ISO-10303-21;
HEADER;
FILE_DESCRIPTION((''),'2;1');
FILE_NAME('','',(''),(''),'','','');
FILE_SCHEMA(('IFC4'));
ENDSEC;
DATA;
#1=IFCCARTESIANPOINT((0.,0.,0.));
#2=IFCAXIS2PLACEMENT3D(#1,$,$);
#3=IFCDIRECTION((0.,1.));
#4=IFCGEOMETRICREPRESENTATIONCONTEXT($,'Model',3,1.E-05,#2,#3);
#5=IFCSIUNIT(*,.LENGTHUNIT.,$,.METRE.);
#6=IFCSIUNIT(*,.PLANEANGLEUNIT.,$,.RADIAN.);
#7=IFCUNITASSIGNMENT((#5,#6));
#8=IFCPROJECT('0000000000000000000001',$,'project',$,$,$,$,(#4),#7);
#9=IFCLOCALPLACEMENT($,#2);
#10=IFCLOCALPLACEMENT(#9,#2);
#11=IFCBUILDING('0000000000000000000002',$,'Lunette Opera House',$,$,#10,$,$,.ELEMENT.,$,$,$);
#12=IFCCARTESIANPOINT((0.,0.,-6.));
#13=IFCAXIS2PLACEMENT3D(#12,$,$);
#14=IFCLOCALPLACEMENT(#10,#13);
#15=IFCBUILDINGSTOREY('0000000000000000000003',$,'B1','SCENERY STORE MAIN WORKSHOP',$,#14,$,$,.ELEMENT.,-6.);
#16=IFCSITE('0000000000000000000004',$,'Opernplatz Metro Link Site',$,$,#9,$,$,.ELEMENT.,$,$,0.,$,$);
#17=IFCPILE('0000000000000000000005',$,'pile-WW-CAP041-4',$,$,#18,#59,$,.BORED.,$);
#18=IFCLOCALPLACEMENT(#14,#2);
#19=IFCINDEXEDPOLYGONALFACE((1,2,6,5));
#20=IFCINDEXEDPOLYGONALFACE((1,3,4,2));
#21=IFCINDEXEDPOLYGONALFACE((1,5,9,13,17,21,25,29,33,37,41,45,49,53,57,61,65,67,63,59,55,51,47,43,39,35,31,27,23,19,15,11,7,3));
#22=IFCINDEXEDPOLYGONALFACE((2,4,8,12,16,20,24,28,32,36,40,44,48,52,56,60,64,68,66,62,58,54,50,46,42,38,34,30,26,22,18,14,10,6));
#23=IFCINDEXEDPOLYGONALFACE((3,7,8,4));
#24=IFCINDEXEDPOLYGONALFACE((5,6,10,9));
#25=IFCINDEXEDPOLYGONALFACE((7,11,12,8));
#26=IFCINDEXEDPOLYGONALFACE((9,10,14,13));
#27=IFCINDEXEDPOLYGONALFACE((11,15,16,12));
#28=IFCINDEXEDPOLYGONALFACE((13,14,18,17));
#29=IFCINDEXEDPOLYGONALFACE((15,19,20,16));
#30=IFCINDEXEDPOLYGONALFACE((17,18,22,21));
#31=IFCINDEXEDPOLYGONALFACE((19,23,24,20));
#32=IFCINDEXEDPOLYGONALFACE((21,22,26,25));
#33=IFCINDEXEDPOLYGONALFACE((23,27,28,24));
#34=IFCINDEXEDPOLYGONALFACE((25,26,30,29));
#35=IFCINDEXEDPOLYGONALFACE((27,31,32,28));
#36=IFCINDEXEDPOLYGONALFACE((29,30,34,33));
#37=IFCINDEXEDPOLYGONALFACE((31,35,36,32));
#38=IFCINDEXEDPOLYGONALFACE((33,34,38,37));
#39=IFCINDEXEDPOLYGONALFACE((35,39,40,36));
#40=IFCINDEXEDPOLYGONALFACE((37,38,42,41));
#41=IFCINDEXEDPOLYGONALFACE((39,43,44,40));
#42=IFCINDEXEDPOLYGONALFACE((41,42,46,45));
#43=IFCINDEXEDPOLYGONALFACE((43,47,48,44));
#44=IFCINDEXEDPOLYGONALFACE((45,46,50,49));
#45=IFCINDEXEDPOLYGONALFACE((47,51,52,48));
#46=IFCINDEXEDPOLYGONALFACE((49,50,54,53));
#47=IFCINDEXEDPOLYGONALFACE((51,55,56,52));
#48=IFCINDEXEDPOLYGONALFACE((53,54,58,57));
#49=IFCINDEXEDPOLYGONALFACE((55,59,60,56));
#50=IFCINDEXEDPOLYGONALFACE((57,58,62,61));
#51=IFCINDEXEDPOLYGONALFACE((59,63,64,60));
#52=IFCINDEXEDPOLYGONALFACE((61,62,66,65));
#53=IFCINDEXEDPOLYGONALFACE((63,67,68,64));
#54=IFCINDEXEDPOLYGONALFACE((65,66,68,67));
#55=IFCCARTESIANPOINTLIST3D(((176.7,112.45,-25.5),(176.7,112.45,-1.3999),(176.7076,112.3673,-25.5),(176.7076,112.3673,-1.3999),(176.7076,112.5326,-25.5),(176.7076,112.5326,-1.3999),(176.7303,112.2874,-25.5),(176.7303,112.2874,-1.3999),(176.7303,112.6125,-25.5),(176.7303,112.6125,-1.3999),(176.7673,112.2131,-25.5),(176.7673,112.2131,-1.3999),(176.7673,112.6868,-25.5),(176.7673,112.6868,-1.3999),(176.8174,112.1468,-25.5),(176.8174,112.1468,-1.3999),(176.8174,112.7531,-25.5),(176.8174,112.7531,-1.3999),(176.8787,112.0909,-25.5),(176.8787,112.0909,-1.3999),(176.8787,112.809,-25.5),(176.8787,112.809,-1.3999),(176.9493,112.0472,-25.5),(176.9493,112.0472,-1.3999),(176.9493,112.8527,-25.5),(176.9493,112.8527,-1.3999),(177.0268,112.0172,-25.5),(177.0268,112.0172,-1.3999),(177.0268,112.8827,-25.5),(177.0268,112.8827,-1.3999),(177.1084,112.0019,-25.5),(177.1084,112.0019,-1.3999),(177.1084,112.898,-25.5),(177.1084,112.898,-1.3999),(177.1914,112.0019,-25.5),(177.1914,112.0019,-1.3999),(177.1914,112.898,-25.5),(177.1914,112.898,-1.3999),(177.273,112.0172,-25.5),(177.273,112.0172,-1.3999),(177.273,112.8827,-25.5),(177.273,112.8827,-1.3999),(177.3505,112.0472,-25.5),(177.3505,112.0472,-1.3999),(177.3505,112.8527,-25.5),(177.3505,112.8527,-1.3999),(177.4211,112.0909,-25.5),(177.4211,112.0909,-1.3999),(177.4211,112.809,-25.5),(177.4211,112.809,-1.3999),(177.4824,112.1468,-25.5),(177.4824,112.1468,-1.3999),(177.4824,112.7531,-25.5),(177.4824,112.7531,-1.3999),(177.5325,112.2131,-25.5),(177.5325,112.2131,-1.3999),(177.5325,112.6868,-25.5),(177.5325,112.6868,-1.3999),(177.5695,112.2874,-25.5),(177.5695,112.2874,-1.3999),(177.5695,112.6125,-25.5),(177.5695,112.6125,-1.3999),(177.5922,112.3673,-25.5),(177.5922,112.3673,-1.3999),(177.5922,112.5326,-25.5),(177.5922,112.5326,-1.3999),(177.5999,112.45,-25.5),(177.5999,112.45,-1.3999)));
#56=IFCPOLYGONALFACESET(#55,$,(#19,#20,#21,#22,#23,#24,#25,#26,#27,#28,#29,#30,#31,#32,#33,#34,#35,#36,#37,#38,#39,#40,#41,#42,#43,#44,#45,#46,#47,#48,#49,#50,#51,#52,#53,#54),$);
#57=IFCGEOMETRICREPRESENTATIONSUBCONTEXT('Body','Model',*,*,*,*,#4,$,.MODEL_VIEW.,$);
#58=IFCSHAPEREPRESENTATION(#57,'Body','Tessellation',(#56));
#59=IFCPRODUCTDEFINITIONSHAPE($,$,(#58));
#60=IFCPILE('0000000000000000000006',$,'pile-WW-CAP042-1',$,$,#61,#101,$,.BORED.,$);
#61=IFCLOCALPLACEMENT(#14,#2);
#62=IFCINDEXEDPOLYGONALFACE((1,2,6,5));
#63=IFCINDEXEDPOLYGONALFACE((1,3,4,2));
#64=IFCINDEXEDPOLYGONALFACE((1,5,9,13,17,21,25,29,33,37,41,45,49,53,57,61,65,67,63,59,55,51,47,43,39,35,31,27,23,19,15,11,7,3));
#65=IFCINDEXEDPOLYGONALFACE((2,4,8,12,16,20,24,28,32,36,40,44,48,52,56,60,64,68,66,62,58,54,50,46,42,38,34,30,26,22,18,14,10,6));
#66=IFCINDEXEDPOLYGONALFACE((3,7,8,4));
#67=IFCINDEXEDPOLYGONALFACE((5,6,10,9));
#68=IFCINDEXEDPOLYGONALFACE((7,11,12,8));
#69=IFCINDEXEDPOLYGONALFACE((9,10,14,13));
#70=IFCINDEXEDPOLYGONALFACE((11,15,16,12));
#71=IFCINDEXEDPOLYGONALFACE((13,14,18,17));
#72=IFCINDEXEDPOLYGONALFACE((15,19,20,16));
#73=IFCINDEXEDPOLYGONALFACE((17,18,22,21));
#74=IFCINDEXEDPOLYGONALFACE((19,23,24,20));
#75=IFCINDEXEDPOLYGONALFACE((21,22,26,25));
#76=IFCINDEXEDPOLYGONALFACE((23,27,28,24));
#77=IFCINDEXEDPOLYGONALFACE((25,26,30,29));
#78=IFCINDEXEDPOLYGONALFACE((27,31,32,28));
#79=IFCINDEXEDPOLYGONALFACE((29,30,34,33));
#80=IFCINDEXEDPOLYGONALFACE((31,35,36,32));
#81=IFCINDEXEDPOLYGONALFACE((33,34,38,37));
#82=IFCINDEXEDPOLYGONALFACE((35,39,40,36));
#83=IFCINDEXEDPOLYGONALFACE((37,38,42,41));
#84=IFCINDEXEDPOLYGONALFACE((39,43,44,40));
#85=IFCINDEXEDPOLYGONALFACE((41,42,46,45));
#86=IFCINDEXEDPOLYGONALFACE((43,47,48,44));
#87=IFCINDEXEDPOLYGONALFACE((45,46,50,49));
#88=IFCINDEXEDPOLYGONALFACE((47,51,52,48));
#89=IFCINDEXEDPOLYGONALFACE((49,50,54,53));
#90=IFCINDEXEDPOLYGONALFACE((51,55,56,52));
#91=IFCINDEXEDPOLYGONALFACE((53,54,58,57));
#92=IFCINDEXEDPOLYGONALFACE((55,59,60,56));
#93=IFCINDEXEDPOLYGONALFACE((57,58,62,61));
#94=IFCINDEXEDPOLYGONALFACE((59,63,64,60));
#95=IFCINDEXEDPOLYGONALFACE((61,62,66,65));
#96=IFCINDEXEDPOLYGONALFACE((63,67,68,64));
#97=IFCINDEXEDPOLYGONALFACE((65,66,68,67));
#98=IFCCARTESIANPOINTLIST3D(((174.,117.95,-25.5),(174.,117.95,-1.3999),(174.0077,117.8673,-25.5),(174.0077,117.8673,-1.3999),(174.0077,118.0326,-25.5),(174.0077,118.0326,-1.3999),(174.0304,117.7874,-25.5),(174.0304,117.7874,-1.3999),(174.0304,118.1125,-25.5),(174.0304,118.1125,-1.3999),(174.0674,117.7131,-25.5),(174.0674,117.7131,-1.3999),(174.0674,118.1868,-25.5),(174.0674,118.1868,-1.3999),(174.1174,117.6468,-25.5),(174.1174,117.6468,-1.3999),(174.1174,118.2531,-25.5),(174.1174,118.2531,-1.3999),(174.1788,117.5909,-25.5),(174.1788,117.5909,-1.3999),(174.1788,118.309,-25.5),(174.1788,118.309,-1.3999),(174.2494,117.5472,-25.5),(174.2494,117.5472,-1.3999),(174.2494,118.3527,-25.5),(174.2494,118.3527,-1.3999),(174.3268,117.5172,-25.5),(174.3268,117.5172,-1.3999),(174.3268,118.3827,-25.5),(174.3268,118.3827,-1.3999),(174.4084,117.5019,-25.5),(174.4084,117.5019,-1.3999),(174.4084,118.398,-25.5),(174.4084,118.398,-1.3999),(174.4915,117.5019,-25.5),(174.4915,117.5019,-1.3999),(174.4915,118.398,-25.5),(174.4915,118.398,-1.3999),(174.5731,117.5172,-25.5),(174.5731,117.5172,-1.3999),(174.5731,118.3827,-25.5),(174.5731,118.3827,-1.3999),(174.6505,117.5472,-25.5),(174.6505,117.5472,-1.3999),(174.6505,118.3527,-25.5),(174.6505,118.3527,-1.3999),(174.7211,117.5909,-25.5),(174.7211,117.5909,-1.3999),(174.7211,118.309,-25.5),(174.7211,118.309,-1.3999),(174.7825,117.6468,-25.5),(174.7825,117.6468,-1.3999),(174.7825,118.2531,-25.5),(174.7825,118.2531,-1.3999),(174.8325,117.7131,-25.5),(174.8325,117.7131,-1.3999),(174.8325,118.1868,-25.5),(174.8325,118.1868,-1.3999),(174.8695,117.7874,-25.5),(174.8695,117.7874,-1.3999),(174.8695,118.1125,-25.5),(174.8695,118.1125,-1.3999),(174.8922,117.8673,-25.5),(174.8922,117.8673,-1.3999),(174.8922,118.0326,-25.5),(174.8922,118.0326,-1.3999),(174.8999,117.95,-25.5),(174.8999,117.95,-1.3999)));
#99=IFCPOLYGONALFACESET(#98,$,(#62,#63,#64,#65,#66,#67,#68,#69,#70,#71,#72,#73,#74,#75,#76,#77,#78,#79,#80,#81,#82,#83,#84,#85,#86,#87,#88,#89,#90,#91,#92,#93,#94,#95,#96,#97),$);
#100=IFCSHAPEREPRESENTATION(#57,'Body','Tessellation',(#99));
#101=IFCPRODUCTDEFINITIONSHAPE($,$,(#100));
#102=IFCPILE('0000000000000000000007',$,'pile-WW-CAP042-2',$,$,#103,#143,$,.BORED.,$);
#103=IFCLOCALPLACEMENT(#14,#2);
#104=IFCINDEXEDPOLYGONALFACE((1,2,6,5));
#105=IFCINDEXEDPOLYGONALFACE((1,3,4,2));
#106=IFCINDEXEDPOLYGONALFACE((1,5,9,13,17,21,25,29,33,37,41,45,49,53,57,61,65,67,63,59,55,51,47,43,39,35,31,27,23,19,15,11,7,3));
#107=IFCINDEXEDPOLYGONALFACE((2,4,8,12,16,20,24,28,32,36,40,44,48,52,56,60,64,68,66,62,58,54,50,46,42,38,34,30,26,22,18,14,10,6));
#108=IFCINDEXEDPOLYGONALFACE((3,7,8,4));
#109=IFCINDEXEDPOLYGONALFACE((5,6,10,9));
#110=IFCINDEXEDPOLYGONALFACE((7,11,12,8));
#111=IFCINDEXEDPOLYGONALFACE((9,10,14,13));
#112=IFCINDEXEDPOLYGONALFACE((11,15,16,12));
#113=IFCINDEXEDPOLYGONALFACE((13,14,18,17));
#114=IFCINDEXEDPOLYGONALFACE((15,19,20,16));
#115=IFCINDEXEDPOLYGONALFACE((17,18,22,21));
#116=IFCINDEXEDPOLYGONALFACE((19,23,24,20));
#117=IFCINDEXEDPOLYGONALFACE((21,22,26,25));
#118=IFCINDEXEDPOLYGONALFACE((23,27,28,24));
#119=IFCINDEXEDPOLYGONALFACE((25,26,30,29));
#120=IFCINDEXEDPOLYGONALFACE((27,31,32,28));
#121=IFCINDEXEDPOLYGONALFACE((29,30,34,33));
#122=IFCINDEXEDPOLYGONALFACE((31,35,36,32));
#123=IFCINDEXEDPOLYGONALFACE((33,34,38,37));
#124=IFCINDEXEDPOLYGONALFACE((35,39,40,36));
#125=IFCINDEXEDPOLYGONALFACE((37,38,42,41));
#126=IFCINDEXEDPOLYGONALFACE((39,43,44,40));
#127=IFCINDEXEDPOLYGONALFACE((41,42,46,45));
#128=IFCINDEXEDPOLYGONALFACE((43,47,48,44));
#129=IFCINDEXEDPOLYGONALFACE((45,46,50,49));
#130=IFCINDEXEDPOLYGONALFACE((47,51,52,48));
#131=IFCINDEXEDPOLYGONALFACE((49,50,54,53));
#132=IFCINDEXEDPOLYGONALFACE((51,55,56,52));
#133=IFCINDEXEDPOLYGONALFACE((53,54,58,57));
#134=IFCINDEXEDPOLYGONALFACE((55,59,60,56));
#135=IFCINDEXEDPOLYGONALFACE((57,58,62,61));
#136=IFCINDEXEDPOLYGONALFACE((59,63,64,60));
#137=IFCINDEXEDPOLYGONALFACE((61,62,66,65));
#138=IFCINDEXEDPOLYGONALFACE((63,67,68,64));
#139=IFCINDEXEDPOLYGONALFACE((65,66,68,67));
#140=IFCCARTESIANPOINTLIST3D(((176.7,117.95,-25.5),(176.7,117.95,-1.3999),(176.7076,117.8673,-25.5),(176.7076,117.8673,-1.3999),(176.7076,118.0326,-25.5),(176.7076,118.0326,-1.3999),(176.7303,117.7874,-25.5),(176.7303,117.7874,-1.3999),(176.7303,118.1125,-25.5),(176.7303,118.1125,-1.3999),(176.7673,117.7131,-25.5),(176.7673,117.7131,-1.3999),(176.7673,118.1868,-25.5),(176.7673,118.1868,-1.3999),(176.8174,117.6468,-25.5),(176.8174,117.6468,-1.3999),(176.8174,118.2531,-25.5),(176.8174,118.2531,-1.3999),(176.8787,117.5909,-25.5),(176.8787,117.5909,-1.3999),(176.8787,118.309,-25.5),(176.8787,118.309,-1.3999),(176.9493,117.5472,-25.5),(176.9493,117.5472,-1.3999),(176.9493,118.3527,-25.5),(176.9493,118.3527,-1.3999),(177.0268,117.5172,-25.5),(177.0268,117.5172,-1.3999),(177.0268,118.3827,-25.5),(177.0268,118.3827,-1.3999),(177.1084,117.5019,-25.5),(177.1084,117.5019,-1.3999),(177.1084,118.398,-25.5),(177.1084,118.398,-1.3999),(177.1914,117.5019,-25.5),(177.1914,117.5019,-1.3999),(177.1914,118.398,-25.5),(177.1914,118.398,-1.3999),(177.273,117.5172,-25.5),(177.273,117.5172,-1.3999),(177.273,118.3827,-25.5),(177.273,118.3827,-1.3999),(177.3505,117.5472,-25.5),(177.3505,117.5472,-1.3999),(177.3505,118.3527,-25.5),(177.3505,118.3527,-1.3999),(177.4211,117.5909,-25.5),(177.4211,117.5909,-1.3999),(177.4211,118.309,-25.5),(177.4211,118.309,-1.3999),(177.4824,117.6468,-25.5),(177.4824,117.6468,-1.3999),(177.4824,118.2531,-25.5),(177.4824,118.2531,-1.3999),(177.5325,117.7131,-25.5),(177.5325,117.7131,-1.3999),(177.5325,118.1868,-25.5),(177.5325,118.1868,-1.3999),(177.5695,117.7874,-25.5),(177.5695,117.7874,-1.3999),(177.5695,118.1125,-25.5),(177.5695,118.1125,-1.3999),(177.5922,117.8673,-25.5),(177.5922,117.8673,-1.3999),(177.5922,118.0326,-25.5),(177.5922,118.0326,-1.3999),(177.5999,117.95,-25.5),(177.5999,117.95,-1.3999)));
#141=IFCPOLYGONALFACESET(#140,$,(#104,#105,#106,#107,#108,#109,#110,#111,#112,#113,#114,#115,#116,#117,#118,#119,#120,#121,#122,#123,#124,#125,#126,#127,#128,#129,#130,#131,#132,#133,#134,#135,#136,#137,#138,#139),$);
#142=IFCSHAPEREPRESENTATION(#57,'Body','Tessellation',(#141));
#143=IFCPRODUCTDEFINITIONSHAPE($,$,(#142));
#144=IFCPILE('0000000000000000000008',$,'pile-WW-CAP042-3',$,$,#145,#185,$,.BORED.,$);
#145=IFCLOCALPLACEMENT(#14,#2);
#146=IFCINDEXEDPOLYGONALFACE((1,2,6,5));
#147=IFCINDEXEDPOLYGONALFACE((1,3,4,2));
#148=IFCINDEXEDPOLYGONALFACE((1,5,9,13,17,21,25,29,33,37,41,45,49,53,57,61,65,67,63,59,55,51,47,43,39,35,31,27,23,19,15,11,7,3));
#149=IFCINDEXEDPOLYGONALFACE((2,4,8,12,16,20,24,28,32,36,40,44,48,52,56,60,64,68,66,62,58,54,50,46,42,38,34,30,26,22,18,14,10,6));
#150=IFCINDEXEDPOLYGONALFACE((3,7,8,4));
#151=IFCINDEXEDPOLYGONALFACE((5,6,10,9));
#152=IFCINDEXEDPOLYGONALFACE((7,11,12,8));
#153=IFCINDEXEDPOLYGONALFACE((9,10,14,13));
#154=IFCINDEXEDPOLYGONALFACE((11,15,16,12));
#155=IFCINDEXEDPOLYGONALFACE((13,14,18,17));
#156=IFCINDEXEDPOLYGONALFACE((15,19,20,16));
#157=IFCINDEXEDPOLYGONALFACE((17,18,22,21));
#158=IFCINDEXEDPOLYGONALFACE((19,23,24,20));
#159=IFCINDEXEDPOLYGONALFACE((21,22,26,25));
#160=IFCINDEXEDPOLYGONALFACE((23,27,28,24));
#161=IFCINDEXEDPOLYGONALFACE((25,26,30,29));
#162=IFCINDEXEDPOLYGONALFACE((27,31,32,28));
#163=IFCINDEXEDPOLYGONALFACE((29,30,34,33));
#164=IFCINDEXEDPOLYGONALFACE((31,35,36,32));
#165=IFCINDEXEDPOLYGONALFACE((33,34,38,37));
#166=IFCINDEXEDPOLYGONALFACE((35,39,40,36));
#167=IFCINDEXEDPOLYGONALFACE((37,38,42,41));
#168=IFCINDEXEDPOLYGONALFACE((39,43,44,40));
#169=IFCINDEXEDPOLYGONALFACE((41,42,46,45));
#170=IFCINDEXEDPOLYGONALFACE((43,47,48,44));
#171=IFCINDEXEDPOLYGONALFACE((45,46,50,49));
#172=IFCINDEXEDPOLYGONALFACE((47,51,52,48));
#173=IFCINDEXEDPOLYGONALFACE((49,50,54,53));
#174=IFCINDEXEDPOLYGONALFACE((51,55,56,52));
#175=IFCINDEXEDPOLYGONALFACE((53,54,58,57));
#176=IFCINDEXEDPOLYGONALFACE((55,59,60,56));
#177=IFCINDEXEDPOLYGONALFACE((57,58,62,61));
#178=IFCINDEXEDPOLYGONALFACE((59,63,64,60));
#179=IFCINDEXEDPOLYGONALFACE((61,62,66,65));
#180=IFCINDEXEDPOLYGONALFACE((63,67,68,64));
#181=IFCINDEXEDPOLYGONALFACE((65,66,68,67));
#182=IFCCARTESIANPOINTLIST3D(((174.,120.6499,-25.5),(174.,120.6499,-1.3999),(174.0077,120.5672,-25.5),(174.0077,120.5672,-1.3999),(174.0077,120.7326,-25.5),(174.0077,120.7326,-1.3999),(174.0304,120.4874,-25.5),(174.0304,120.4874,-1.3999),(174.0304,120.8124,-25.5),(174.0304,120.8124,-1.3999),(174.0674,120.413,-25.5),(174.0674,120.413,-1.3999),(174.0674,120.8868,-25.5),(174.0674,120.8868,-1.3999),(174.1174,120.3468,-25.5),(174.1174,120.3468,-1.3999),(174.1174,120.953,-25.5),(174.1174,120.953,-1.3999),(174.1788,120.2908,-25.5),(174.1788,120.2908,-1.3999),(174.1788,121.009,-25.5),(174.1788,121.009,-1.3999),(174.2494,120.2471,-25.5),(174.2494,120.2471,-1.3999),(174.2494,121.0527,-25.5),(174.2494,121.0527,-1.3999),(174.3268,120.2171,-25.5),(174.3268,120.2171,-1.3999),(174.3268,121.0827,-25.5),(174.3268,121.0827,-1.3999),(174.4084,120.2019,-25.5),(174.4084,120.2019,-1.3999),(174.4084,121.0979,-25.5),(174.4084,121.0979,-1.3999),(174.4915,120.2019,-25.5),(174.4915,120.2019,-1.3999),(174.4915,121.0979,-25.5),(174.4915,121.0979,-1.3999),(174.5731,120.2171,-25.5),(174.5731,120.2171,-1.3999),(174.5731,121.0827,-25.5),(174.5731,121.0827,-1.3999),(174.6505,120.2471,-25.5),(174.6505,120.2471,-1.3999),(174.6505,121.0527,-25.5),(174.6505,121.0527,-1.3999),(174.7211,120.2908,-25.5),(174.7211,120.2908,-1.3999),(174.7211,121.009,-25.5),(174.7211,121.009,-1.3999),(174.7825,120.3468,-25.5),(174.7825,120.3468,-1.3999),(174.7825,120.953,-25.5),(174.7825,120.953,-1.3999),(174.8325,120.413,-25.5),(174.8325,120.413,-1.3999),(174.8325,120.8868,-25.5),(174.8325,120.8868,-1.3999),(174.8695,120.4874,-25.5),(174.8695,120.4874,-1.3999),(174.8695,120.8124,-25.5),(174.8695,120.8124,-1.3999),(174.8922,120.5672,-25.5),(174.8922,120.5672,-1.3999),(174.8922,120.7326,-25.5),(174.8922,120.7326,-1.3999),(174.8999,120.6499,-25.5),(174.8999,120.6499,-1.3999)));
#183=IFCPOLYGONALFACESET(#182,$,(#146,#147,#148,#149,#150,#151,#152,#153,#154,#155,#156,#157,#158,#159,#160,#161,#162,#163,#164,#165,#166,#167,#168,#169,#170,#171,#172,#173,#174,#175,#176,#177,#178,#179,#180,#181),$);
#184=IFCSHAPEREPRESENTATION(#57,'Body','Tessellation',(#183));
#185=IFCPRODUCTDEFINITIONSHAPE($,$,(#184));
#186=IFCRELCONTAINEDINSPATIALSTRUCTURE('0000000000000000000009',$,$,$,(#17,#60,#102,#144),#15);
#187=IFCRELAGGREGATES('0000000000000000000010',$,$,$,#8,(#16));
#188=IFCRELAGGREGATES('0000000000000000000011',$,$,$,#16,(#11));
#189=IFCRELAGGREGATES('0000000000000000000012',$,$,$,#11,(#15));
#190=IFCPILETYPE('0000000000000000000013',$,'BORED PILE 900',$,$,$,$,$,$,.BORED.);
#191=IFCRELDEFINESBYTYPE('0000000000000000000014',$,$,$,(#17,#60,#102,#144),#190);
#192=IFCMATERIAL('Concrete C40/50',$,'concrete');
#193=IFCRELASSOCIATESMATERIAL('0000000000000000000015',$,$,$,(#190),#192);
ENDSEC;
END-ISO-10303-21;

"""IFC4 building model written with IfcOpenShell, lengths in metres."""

from ifc_helpers import new_model, si_unit, direction, frame, origin, origin_2d, place, context, subcontext, project, spatial, circle, extrude, material, material_profile, profile_set, type_object, element, save


model = new_model("IFC4")

# Units and contexts
model_context = context("Model", 3, precision=1e-05, world=origin(), true_north=direction((0.0, 1.0)))
body_context = subcontext(model_context, "Body", "Model", "MODEL_VIEW")
ifc_project = project(units=[si_unit("LENGTHUNIT", "METRE"), si_unit("PLANEANGLEUNIT", "RADIAN")], contexts=[model_context])

# Site, building, storey
site_placement = place(None, origin())
site = spatial("IfcSite", under=ifc_project, at=site_placement, Name="Opernplatz Metro Link Site", CompositionType="ELEMENT", RefElevation=0.0)
building_placement = place(site_placement, origin())
building = spatial("IfcBuilding", under=site, at=building_placement, Name="Lunette Opera House", CompositionType="ELEMENT")
storey_placement = place(building_placement, frame((0.0, 0.0, -6.0)))
storey = spatial("IfcBuildingStorey", under=building, at=storey_placement, Name="B1", Description="SCENERY STORE MAIN WORKSHOP", CompositionType="ELEMENT", Elevation=-6.0)

# Piles
ifc_material_1 = material(Name="Concrete C40/50", Category="concrete")
ifc_material_profile_1 = material_profile(ifc_material_1, circle(Radius=0.45, at=origin_2d()), Name="BORED PILE 900")
ifc_profile_set_1 = profile_set([ifc_material_profile_1], Name="Concrete C40/50")
pile_type = type_object("IfcPileType", Name="BORED PILE 900", PredefinedType="BORED", material=ifc_profile_set_1)
for number, where, z_axis, x_axis, name in (
    (1, (177.1499, 112.45, -1.3999), (0.0, 0.0, -1.0), (1.0, 0.0, 0.0), "pile-WW-CAP041-4"),
    (2, (174.45, 117.95, -1.3999), (0.0, 0.0, -1.0), (1.0, 0.0, 0.0), "pile-WW-CAP042-1"),
    (3, (177.1499, 117.95, -1.3999), (0.0, 0.0, -1.0), (1.0, 0.0, 0.0), "pile-WW-CAP042-2"),
    (4, (174.45, 120.6499, -1.3999), (0.0, 0.0, -1.0), (1.0, 0.0, 0.0), "pile-WW-CAP042-3"),
):
    element("IfcPile", number, at=place(storey_placement, frame(where, z_axis=z_axis, x_axis=x_axis)), inside=storey, type_object=pile_type, Name=name, PredefinedType="BORED", context=body_context, shape_type="SweptSolid", body=[
        extrude(circle(Radius=0.45, at=origin_2d()), origin(), (0.0, 0.0, 1.0), 24.1001),
    ])

save(model, "model.ifc")
